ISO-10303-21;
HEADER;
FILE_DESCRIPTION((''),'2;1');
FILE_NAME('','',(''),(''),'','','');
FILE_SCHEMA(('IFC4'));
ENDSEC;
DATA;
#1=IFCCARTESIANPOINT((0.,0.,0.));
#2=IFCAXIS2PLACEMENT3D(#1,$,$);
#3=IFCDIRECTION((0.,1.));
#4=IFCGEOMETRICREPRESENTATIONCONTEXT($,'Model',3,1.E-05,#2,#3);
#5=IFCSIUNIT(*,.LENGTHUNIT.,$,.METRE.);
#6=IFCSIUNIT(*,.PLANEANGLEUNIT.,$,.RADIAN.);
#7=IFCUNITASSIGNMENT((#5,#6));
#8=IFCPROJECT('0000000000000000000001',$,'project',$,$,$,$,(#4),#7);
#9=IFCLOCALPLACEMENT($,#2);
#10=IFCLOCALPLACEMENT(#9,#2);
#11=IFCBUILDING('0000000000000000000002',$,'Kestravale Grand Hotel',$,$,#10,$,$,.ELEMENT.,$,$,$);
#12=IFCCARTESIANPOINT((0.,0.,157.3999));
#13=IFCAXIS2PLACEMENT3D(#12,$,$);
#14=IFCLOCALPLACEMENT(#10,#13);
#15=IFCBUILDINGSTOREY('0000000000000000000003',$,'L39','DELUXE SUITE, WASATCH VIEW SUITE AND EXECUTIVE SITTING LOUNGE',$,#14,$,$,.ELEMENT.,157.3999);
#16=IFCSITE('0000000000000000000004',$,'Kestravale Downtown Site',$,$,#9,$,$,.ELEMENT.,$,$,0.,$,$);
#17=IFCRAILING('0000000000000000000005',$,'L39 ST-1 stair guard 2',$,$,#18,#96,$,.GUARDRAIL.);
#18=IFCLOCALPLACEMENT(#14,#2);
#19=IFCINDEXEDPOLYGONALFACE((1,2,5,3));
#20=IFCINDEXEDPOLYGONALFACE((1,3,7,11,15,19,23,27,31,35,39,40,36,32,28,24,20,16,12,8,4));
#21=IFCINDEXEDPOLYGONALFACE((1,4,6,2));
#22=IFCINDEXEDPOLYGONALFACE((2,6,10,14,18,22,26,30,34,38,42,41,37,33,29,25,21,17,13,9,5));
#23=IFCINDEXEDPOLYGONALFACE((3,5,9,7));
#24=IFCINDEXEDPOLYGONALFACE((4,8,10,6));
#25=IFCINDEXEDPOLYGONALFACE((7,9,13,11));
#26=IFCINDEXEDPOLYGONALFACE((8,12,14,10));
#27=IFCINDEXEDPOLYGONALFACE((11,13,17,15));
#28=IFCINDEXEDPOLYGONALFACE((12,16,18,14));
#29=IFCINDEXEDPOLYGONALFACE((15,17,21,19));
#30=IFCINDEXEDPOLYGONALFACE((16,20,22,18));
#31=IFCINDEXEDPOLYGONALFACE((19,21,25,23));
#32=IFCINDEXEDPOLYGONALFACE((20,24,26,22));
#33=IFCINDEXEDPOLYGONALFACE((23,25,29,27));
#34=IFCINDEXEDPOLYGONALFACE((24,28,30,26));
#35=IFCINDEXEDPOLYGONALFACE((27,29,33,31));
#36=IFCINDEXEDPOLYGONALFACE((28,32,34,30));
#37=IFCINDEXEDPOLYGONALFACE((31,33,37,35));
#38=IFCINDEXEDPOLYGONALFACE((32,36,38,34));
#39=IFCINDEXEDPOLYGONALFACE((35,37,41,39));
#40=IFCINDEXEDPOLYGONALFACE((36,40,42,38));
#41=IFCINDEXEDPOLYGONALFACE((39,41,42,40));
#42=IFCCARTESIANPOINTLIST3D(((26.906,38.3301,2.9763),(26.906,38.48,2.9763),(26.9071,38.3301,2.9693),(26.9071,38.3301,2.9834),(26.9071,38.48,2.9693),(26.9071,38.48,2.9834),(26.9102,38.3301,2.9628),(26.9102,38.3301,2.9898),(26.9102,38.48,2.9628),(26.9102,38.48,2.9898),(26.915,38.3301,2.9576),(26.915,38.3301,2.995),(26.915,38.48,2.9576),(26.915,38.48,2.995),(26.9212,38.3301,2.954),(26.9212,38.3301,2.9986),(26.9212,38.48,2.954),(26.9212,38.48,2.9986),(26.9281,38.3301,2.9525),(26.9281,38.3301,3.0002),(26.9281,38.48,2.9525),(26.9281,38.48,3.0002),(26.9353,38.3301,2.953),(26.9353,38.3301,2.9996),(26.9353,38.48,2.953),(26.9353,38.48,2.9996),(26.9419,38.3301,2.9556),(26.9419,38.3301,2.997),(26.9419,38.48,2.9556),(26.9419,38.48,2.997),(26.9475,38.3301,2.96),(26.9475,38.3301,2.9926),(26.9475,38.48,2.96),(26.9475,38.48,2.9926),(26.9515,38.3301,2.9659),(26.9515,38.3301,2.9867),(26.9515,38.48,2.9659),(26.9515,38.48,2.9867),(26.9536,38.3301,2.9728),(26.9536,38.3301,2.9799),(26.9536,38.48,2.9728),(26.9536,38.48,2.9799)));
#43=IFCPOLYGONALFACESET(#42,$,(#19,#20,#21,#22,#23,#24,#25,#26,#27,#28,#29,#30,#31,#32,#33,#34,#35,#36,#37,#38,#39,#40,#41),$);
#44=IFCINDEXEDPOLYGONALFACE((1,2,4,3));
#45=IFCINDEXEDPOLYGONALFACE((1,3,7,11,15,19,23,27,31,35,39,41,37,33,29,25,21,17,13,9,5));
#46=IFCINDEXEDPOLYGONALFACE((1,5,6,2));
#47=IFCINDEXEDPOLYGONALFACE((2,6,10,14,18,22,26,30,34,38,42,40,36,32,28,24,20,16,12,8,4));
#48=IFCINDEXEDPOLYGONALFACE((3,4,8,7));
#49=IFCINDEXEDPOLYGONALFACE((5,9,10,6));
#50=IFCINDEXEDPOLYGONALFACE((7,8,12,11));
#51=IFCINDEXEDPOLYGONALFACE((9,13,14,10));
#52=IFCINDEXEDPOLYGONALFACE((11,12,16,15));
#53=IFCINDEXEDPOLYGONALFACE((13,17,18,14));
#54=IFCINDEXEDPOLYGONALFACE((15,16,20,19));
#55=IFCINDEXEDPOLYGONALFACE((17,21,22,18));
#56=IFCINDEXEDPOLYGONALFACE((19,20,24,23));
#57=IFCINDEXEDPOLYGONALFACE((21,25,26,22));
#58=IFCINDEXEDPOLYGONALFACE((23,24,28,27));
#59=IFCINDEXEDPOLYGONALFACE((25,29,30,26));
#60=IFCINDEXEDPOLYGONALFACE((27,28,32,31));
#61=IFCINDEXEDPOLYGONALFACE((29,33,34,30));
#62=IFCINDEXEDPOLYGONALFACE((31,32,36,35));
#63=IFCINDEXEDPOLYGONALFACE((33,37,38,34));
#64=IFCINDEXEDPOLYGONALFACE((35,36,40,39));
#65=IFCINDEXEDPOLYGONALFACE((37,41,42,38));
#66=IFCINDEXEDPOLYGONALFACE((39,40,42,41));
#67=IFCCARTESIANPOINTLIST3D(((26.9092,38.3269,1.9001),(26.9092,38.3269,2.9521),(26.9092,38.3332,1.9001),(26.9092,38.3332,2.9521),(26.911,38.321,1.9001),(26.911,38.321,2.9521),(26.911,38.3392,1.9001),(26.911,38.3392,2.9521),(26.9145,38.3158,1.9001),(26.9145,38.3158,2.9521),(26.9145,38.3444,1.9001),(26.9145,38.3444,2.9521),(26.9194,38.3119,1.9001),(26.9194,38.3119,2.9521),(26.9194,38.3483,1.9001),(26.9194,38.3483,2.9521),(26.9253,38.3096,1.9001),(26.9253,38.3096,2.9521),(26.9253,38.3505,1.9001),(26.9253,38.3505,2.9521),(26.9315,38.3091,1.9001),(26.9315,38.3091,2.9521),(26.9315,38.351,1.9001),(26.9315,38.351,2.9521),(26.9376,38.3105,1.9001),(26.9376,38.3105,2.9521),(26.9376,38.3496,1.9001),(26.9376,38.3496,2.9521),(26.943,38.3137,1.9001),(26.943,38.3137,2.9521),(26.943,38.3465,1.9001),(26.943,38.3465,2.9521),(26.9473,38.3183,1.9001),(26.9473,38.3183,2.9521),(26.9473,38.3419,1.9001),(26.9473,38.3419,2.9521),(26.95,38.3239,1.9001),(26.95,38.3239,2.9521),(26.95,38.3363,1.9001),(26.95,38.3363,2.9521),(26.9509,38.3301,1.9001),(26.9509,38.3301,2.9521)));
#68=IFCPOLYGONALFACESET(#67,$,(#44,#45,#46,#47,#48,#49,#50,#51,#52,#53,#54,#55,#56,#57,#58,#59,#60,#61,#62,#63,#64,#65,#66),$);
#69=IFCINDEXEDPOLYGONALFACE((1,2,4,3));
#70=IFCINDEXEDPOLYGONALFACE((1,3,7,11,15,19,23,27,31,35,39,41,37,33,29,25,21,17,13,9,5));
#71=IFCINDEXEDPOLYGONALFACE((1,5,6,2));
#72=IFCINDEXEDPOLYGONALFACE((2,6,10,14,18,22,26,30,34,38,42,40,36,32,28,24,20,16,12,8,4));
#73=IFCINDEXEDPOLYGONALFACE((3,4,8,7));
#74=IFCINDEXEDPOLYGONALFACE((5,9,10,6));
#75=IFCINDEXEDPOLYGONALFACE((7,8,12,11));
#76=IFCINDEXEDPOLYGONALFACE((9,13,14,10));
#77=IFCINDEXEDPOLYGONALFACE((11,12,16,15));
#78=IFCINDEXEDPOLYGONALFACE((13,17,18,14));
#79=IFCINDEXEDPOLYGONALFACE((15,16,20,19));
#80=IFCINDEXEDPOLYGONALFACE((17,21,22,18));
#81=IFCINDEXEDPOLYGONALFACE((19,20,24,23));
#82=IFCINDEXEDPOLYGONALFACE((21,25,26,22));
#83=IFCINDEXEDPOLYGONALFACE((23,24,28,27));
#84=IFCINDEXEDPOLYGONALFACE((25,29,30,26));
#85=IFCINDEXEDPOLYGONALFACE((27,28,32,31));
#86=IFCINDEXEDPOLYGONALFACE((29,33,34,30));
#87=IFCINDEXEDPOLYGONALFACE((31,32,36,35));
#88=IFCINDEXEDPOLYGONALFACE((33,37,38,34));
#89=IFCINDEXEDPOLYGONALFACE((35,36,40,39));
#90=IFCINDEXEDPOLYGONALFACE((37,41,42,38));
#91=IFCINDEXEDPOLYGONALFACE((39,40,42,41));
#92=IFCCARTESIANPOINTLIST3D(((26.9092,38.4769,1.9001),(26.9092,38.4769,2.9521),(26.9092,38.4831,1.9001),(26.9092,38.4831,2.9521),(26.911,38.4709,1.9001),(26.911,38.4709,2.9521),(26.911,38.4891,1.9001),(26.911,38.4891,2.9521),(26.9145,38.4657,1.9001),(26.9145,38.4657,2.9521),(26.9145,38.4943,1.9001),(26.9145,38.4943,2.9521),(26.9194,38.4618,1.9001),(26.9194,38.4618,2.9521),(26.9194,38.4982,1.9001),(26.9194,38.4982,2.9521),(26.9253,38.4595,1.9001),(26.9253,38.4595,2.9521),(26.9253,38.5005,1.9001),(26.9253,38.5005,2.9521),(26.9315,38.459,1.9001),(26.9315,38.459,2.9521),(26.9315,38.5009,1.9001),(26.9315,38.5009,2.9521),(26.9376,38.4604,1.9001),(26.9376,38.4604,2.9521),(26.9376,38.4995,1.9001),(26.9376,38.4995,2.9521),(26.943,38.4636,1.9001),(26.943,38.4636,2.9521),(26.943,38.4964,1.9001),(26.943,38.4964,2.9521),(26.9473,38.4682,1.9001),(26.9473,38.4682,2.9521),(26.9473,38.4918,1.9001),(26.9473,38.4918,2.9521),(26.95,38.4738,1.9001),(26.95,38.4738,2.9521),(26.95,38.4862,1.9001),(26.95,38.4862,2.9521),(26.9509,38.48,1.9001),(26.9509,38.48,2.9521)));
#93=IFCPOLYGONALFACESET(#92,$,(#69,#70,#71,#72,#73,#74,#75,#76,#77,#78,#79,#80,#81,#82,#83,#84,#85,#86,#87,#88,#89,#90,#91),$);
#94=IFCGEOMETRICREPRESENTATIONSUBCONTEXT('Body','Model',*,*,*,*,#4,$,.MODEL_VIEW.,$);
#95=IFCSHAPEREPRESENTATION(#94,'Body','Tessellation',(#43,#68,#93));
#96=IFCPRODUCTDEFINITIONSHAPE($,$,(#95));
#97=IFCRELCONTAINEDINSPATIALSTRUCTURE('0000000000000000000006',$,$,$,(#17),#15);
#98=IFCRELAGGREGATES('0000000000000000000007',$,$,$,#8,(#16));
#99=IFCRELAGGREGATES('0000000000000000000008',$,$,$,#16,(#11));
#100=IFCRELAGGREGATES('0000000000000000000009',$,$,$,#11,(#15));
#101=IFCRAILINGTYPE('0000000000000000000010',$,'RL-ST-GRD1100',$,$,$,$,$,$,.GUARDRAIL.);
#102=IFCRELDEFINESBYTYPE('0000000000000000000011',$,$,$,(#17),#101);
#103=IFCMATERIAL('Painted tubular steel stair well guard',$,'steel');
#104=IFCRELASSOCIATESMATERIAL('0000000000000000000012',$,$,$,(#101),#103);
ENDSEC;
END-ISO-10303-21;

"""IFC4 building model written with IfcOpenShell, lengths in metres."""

from ifc_helpers import new_model, si_unit, direction, frame, origin, origin_2d, place, context, subcontext, project, spatial, circle, extrude, material, type_object, element, save


model = new_model("IFC4")

# Units and contexts
model_context = context("Model", 3, precision=1e-05, world=origin(), true_north=direction((0.0, 1.0)))
body_context = subcontext(model_context, "Body", "Model", "MODEL_VIEW")
ifc_project = project(units=[si_unit("LENGTHUNIT", "METRE"), si_unit("PLANEANGLEUNIT", "RADIAN")], contexts=[model_context])

# Site, building, storey
site_placement = place(None, origin())
site = spatial("IfcSite", under=ifc_project, at=site_placement, Name="Kestravale Downtown Site", CompositionType="ELEMENT", RefElevation=0.0)
building_placement = place(site_placement, origin())
building = spatial("IfcBuilding", under=site, at=building_placement, Name="Kestravale Grand Hotel", CompositionType="ELEMENT")
storey_placement = place(building_placement, frame((0.0, 0.0, 157.3999)))
storey = spatial("IfcBuildingStorey", under=building, at=storey_placement, Name="L39", Description="DELUXE SUITE, WASATCH VIEW SUITE AND EXECUTIVE SITTING LOUNGE", CompositionType="ELEMENT", Elevation=157.3999)

# Railing
ifc_material_1 = material(Name="Painted tubular steel stair well guard", Category="steel")
railing_type_1 = type_object("IfcRailingType", Name="RL-ST-GRD1100", PredefinedType="GUARDRAIL", material=ifc_material_1)
railing_1_placement = place(storey_placement, frame((26.9299, 38.3301, 1.9001)))
element("IfcRailing", 1, at=railing_1_placement, inside=storey, type_object=railing_type_1, Name="L39 ST-1 stair guard 2", PredefinedType="GUARDRAIL", context=body_context, shape_type="SweptSolid", body=[
    extrude(circle(Radius=0.0239, at=origin_2d()), frame((0.0, 0.0, 1.0762), z_axis=(0.0, 1.0, 0.0), x_axis=(-1.0, 0.0, 0.0)), (0.0, 0.0, 1.0), 0.1499),
    extrude(circle(Radius=0.021, at=origin_2d()), origin(), (0.0, 0.0, 1.0), 1.052),
    extrude(circle(Radius=0.021, at=origin_2d()), frame((0.0, 0.1499, 0.0)), (0.0, 0.0, 1.0), 1.052),
])

save(model, "model.ifc")
